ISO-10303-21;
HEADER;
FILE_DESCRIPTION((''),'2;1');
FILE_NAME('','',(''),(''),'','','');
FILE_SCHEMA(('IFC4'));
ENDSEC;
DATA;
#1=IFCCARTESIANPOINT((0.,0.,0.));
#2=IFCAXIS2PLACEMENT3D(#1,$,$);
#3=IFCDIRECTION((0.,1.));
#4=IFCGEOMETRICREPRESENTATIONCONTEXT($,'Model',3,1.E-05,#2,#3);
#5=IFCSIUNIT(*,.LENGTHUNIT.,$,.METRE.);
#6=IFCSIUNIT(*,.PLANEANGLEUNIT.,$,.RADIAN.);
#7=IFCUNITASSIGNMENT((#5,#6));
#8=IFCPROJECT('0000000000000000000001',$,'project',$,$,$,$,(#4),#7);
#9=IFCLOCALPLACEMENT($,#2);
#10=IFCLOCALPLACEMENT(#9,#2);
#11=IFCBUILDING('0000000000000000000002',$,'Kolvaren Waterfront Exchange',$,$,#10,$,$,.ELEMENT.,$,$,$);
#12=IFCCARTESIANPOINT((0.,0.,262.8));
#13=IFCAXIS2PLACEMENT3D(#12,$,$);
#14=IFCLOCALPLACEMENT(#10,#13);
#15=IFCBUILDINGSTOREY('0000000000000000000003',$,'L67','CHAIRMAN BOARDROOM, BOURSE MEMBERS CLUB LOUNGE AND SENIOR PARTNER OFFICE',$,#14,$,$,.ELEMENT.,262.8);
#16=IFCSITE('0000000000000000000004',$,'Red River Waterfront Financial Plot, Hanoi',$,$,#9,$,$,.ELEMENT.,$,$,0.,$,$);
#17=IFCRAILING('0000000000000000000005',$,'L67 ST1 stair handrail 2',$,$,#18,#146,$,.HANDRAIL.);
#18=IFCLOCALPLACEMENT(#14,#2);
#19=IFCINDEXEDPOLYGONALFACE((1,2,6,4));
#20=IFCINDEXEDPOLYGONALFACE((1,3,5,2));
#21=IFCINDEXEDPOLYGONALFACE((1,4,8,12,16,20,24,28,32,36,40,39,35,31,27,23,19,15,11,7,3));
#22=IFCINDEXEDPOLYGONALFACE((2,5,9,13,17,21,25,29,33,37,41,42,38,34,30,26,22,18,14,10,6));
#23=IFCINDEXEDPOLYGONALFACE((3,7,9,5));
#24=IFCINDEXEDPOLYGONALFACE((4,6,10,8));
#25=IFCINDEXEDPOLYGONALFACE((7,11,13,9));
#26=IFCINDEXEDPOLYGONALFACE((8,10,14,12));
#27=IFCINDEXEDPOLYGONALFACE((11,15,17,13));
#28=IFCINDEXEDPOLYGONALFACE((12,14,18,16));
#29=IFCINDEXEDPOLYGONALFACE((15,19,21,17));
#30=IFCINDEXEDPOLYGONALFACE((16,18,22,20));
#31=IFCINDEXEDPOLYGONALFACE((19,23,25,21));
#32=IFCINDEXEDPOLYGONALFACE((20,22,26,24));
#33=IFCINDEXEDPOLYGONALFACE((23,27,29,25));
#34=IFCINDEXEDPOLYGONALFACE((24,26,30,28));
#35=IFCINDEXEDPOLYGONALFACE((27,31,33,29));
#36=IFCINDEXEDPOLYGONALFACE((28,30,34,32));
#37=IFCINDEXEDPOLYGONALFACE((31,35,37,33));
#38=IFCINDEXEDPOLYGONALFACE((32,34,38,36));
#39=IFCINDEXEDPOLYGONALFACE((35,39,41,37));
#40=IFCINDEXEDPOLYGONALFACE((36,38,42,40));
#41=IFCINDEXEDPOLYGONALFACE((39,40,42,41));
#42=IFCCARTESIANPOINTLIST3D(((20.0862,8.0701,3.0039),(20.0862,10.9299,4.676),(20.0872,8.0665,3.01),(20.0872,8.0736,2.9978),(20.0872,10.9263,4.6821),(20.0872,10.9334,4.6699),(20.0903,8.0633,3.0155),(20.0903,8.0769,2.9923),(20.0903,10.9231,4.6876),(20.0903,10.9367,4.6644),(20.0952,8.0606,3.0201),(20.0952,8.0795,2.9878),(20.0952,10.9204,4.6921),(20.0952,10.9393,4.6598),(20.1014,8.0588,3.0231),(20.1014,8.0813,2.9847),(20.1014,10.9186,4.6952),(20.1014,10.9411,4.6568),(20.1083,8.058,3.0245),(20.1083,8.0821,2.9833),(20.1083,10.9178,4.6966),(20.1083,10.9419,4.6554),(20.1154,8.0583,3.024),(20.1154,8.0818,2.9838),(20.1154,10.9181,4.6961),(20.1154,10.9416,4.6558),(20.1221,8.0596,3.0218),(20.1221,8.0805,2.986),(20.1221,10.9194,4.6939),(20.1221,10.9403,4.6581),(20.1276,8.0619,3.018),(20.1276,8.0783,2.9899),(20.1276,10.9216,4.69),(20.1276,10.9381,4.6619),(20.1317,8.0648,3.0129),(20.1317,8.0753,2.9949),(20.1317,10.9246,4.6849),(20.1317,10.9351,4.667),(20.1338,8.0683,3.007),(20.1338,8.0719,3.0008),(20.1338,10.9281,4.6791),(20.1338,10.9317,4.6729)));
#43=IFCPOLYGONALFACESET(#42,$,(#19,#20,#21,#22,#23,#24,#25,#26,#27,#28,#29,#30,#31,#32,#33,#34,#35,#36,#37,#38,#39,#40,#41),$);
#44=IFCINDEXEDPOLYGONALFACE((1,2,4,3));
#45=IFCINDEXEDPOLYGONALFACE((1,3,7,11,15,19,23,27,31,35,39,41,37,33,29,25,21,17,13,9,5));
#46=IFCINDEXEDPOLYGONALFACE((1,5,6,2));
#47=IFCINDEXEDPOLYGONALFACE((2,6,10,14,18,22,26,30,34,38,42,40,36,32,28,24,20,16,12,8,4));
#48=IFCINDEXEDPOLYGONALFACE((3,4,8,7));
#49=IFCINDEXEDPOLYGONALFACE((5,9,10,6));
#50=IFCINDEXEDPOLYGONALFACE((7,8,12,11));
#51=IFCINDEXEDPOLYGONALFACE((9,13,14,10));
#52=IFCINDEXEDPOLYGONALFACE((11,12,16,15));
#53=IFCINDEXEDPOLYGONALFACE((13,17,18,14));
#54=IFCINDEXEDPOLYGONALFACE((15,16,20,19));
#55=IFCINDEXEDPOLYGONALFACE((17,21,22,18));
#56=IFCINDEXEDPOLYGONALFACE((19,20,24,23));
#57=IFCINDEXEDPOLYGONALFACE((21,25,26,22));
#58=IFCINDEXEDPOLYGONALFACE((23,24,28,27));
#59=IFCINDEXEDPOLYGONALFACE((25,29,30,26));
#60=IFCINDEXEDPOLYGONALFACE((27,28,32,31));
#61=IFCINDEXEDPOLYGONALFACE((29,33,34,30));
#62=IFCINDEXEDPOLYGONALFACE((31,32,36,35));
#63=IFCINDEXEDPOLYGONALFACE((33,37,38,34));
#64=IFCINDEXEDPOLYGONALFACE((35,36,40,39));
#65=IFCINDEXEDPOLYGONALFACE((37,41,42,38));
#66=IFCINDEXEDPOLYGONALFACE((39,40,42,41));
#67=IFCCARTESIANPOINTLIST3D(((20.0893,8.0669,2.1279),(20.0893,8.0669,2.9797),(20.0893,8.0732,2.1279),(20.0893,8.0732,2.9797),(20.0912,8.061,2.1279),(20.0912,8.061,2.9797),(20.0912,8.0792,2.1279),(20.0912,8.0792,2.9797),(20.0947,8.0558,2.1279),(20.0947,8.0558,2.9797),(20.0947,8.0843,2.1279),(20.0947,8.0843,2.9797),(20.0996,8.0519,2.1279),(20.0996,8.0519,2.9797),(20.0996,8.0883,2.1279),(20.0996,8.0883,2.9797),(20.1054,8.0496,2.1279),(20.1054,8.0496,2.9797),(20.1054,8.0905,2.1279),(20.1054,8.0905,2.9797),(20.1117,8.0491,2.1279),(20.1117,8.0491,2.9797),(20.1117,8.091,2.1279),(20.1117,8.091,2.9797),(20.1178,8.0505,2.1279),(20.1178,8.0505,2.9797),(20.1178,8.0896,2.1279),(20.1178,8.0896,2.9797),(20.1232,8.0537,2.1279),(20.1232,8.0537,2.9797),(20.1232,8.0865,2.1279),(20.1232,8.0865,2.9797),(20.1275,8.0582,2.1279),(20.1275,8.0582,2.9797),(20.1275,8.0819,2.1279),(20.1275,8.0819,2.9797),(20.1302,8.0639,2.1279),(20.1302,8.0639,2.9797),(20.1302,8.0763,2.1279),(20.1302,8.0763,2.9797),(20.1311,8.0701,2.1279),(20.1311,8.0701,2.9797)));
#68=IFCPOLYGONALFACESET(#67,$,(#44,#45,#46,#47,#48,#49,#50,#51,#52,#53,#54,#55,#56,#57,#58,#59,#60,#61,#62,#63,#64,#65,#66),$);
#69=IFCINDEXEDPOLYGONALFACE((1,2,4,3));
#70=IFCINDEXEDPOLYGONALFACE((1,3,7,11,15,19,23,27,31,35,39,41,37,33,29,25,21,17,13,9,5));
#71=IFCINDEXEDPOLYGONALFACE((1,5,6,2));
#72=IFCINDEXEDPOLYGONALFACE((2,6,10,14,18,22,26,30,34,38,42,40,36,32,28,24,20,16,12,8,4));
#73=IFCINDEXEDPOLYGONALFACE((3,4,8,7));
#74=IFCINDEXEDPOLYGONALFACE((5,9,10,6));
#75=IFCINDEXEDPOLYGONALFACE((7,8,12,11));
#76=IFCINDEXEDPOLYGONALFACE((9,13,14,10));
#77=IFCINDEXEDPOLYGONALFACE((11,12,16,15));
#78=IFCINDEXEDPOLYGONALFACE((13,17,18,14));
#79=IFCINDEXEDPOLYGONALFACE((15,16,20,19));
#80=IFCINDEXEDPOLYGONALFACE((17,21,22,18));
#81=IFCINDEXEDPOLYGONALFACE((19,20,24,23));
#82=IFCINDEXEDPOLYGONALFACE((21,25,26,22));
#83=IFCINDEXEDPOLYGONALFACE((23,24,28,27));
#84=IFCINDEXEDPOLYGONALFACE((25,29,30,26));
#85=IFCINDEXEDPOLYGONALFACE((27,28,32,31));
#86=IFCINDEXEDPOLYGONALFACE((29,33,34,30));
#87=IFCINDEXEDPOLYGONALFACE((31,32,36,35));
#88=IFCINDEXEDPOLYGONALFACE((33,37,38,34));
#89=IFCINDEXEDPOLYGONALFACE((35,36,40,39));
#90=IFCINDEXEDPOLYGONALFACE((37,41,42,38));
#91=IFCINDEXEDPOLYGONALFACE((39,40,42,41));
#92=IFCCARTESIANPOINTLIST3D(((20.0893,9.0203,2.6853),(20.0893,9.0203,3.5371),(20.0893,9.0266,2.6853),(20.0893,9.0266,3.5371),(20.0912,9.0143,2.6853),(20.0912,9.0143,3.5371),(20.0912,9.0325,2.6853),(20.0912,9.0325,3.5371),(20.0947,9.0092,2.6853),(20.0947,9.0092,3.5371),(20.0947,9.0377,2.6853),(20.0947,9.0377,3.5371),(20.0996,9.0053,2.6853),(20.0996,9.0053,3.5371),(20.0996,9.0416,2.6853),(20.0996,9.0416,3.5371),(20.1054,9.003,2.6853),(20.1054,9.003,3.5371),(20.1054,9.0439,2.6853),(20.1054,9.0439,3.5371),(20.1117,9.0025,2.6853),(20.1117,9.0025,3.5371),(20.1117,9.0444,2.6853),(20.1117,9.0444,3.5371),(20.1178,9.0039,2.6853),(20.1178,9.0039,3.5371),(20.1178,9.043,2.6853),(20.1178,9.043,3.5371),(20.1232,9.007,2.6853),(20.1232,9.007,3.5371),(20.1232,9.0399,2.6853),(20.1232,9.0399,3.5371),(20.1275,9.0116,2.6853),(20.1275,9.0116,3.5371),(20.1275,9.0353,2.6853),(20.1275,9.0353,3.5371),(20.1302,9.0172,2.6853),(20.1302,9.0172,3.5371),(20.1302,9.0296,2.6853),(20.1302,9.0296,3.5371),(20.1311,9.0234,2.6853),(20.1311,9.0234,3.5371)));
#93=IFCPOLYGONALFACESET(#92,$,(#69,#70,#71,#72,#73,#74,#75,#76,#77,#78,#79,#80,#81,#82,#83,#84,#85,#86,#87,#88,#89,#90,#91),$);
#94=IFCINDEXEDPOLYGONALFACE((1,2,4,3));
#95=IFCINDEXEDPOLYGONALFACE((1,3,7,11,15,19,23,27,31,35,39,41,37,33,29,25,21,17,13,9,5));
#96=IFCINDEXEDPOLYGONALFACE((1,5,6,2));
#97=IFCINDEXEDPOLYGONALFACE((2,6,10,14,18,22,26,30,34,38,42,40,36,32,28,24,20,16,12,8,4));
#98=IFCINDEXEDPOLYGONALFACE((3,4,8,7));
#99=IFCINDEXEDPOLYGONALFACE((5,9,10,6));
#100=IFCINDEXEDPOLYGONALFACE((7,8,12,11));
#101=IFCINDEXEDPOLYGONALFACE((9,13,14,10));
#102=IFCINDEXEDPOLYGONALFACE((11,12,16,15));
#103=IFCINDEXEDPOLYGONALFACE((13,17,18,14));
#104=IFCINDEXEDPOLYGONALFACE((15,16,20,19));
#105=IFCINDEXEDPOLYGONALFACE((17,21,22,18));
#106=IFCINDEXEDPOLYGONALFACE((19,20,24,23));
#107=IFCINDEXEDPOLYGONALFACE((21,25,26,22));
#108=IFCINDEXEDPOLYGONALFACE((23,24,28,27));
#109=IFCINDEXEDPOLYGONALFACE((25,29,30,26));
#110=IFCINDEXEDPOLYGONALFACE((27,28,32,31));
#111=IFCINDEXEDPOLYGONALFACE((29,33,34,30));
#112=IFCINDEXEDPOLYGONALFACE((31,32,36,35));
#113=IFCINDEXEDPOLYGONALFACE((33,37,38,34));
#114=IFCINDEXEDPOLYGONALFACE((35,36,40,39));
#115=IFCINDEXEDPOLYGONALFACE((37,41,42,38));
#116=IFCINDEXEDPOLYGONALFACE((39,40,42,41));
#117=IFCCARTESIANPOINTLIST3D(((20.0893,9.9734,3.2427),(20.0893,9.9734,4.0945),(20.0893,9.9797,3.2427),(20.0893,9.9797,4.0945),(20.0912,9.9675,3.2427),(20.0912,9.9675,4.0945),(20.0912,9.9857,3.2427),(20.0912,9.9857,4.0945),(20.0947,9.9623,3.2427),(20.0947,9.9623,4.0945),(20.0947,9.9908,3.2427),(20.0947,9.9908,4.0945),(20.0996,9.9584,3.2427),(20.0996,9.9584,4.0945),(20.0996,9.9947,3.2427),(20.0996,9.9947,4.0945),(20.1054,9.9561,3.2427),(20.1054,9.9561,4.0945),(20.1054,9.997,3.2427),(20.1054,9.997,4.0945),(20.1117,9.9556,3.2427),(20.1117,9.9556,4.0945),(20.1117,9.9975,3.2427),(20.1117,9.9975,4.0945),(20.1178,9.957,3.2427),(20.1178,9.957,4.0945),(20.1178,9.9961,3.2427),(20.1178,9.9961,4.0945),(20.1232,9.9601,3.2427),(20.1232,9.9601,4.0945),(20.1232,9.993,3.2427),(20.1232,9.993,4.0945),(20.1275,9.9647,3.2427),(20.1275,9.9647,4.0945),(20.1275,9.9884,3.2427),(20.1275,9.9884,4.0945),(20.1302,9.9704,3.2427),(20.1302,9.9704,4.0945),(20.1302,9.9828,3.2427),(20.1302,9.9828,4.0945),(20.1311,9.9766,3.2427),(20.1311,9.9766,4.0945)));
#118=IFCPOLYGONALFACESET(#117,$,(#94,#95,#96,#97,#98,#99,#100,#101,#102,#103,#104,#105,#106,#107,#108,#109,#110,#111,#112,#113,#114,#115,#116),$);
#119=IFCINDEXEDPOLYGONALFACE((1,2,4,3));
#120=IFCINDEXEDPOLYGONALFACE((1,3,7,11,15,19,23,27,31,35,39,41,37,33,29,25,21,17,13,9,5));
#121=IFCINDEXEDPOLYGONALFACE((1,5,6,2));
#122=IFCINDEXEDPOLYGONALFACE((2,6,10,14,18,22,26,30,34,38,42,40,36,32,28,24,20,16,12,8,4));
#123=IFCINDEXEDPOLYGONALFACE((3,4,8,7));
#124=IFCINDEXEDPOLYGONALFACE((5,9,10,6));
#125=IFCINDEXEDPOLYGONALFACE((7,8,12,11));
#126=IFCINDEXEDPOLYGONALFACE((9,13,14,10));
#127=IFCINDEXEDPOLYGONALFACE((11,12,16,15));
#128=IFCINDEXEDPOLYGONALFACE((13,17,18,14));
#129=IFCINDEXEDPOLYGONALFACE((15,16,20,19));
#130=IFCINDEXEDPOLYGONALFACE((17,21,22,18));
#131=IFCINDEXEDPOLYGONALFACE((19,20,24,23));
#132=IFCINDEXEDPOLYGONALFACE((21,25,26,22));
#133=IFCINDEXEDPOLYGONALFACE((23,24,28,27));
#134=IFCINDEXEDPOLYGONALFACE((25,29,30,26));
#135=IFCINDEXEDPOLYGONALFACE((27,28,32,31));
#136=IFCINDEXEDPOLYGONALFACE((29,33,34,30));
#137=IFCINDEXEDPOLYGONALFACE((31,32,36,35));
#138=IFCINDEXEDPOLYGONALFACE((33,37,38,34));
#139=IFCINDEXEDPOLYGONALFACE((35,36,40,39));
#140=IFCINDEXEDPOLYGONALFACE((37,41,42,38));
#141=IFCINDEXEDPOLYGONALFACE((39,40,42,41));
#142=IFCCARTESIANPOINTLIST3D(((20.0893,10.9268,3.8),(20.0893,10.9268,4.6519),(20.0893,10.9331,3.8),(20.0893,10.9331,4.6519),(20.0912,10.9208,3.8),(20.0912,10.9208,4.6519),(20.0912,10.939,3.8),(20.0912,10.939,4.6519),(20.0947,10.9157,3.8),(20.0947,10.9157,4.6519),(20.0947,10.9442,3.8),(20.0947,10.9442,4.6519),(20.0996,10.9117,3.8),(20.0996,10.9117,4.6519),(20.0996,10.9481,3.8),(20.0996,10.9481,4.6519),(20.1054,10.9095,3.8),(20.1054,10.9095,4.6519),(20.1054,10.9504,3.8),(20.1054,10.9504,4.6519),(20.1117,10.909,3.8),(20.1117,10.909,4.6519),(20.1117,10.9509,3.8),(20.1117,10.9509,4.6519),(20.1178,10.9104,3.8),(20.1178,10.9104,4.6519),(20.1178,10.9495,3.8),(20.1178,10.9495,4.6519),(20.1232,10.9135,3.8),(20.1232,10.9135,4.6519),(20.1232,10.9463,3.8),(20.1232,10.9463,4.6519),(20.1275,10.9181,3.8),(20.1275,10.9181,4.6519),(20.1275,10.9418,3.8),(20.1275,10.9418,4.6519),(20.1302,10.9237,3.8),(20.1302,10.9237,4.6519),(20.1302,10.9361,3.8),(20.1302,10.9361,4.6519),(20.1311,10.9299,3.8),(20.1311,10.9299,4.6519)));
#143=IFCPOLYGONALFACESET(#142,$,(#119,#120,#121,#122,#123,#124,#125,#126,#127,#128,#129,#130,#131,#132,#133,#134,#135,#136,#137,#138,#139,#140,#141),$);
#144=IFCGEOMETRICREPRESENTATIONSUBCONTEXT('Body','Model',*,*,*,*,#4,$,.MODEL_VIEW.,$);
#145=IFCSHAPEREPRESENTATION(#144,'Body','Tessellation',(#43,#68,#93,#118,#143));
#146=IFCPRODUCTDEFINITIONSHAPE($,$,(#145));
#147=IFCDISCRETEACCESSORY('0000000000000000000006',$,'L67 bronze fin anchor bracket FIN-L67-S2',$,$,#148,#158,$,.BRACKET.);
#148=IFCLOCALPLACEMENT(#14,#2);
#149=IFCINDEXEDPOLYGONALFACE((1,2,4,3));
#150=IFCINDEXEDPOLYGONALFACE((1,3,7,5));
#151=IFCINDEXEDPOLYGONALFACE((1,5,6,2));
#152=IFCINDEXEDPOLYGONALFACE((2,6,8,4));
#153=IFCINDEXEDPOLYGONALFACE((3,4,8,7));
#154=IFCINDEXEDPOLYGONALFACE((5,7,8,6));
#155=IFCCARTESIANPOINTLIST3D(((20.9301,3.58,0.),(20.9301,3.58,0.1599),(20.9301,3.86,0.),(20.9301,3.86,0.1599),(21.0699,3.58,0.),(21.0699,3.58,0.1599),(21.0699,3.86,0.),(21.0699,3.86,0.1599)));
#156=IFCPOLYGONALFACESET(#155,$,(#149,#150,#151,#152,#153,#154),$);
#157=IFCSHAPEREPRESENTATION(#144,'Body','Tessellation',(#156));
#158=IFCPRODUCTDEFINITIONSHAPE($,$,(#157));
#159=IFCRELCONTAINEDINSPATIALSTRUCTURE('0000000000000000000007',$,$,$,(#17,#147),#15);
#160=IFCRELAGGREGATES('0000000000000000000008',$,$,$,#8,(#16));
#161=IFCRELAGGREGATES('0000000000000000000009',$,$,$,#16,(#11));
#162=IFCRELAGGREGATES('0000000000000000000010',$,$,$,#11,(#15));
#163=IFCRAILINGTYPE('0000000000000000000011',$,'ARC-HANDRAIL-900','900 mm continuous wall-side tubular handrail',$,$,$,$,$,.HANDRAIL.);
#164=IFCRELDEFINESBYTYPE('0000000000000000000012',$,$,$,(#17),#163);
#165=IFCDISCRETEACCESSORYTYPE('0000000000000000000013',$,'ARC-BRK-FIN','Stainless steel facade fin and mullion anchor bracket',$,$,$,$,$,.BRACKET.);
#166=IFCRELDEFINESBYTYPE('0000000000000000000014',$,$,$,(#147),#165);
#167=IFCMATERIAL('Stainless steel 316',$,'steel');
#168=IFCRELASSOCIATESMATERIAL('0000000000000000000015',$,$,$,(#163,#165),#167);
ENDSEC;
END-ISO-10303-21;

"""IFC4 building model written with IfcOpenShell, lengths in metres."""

from ifc_helpers import new_model, si_unit, direction, frame, origin, origin_with_axes, origin_2d, place, context, subcontext, project, spatial, rectangle, circle, extrude, source, transform, mapped, material, type_object, element, save


model = new_model("IFC4")

# Units and contexts
model_context = context("Model", 3, precision=1e-05, world=origin(), true_north=direction((0.0, 1.0)))
body_context = subcontext(model_context, "Body", "Model", "MODEL_VIEW")
ifc_project = project(units=[si_unit("LENGTHUNIT", "METRE"), si_unit("PLANEANGLEUNIT", "RADIAN")], contexts=[model_context])

# Site, building, storey
site_placement = place(None, origin())
site = spatial("IfcSite", under=ifc_project, at=site_placement, Name="Red River Waterfront Financial Plot, Hanoi", CompositionType="ELEMENT", RefElevation=0.0)
building_placement = place(site_placement, origin())
building = spatial("IfcBuilding", under=site, at=building_placement, Name="Kolvaren Waterfront Exchange", CompositionType="ELEMENT")
storey_placement = place(building_placement, frame((0.0, 0.0, 262.8)))
storey = spatial("IfcBuildingStorey", under=building, at=storey_placement, Name="L67", Description="CHAIRMAN BOARDROOM, BOURSE MEMBERS CLUB LOUNGE AND SENIOR PARTNER OFFICE", CompositionType="ELEMENT", Elevation=262.8)

# Railing
ifc_material_1 = material(Name="Stainless steel 316", Category="steel")
railing_type_1 = type_object("IfcRailingType", Name="ARC-HANDRAIL-900", Description="900 mm continuous wall-side tubular handrail", PredefinedType="HANDRAIL", material=ifc_material_1)
railing_1_placement = place(storey_placement, frame((20.1101, 8.0701, 2.1279)))
element("IfcRailing", 1, at=railing_1_placement, inside=storey, type_object=railing_type_1, Name="L67 ST1 stair handrail 2", PredefinedType="HANDRAIL", context=body_context, shape_type="SweptSolid", body=[
    extrude(circle(Radius=0.0239, at=origin_2d()), frame((0.0, 0.0, 0.876), z_axis=(0.0, 0.863271, 0.504741), x_axis=(-1.0, 0.0, 0.0)), (0.0, 0.0, 1.0), 3.3127),
    extrude(circle(Radius=0.021, at=origin_2d()), origin(), (0.0, 0.0, 1.0), 0.8518),
    extrude(circle(Radius=0.021, at=origin_2d()), frame((0.0, 0.9534, 0.5574)), (0.0, 0.0, 1.0), 0.8518),
    extrude(circle(Radius=0.021, at=origin_2d()), frame((0.0, 1.9065, 1.1147)), (0.0, 0.0, 1.0), 0.8518),
    extrude(circle(Radius=0.021, at=origin_2d()), frame((0.0, 2.8599, 1.6721)), (0.0, 0.0, 1.0), 0.8518),
])

# Discrete accessory
discrete_accessory_type = type_object("IfcDiscreteAccessoryType", Name="ARC-BRK-FIN", Description="Stainless steel facade fin and mullion anchor bracket", PredefinedType="BRACKET", material=ifc_material_1)
shared_shape_1 = source(origin_with_axes(), body_context, "Body", "SweptSolid", [
    extrude(rectangle(XDim=0.28, YDim=0.1399, at=origin_2d()), origin(), (0.0, 0.0, 1.0), 0.1599),
])
discrete_accessory_placement = place(storey_placement, frame((21.0, 3.72, 0.0), z_axis=(0.0, 0.0, 1.0), x_axis=(0.0, -1.0, 0.0)))
element("IfcDiscreteAccessory", 2, at=discrete_accessory_placement, inside=storey, type_object=discrete_accessory_type, Name="L67 bronze fin anchor bracket FIN-L67-S2", PredefinedType="BRACKET", context=body_context, shape_type="MappedRepresentation", body=[
    mapped(shared_shape_1, transform((0.0, 0.0, 0.0), x_axis=(1.0, 0.0, 0.0), y_axis=(0.0, 1.0, 0.0), z_axis=(0.0, 0.0, 1.0), scale=1.0)),
])

save(model, "model.ifc")
